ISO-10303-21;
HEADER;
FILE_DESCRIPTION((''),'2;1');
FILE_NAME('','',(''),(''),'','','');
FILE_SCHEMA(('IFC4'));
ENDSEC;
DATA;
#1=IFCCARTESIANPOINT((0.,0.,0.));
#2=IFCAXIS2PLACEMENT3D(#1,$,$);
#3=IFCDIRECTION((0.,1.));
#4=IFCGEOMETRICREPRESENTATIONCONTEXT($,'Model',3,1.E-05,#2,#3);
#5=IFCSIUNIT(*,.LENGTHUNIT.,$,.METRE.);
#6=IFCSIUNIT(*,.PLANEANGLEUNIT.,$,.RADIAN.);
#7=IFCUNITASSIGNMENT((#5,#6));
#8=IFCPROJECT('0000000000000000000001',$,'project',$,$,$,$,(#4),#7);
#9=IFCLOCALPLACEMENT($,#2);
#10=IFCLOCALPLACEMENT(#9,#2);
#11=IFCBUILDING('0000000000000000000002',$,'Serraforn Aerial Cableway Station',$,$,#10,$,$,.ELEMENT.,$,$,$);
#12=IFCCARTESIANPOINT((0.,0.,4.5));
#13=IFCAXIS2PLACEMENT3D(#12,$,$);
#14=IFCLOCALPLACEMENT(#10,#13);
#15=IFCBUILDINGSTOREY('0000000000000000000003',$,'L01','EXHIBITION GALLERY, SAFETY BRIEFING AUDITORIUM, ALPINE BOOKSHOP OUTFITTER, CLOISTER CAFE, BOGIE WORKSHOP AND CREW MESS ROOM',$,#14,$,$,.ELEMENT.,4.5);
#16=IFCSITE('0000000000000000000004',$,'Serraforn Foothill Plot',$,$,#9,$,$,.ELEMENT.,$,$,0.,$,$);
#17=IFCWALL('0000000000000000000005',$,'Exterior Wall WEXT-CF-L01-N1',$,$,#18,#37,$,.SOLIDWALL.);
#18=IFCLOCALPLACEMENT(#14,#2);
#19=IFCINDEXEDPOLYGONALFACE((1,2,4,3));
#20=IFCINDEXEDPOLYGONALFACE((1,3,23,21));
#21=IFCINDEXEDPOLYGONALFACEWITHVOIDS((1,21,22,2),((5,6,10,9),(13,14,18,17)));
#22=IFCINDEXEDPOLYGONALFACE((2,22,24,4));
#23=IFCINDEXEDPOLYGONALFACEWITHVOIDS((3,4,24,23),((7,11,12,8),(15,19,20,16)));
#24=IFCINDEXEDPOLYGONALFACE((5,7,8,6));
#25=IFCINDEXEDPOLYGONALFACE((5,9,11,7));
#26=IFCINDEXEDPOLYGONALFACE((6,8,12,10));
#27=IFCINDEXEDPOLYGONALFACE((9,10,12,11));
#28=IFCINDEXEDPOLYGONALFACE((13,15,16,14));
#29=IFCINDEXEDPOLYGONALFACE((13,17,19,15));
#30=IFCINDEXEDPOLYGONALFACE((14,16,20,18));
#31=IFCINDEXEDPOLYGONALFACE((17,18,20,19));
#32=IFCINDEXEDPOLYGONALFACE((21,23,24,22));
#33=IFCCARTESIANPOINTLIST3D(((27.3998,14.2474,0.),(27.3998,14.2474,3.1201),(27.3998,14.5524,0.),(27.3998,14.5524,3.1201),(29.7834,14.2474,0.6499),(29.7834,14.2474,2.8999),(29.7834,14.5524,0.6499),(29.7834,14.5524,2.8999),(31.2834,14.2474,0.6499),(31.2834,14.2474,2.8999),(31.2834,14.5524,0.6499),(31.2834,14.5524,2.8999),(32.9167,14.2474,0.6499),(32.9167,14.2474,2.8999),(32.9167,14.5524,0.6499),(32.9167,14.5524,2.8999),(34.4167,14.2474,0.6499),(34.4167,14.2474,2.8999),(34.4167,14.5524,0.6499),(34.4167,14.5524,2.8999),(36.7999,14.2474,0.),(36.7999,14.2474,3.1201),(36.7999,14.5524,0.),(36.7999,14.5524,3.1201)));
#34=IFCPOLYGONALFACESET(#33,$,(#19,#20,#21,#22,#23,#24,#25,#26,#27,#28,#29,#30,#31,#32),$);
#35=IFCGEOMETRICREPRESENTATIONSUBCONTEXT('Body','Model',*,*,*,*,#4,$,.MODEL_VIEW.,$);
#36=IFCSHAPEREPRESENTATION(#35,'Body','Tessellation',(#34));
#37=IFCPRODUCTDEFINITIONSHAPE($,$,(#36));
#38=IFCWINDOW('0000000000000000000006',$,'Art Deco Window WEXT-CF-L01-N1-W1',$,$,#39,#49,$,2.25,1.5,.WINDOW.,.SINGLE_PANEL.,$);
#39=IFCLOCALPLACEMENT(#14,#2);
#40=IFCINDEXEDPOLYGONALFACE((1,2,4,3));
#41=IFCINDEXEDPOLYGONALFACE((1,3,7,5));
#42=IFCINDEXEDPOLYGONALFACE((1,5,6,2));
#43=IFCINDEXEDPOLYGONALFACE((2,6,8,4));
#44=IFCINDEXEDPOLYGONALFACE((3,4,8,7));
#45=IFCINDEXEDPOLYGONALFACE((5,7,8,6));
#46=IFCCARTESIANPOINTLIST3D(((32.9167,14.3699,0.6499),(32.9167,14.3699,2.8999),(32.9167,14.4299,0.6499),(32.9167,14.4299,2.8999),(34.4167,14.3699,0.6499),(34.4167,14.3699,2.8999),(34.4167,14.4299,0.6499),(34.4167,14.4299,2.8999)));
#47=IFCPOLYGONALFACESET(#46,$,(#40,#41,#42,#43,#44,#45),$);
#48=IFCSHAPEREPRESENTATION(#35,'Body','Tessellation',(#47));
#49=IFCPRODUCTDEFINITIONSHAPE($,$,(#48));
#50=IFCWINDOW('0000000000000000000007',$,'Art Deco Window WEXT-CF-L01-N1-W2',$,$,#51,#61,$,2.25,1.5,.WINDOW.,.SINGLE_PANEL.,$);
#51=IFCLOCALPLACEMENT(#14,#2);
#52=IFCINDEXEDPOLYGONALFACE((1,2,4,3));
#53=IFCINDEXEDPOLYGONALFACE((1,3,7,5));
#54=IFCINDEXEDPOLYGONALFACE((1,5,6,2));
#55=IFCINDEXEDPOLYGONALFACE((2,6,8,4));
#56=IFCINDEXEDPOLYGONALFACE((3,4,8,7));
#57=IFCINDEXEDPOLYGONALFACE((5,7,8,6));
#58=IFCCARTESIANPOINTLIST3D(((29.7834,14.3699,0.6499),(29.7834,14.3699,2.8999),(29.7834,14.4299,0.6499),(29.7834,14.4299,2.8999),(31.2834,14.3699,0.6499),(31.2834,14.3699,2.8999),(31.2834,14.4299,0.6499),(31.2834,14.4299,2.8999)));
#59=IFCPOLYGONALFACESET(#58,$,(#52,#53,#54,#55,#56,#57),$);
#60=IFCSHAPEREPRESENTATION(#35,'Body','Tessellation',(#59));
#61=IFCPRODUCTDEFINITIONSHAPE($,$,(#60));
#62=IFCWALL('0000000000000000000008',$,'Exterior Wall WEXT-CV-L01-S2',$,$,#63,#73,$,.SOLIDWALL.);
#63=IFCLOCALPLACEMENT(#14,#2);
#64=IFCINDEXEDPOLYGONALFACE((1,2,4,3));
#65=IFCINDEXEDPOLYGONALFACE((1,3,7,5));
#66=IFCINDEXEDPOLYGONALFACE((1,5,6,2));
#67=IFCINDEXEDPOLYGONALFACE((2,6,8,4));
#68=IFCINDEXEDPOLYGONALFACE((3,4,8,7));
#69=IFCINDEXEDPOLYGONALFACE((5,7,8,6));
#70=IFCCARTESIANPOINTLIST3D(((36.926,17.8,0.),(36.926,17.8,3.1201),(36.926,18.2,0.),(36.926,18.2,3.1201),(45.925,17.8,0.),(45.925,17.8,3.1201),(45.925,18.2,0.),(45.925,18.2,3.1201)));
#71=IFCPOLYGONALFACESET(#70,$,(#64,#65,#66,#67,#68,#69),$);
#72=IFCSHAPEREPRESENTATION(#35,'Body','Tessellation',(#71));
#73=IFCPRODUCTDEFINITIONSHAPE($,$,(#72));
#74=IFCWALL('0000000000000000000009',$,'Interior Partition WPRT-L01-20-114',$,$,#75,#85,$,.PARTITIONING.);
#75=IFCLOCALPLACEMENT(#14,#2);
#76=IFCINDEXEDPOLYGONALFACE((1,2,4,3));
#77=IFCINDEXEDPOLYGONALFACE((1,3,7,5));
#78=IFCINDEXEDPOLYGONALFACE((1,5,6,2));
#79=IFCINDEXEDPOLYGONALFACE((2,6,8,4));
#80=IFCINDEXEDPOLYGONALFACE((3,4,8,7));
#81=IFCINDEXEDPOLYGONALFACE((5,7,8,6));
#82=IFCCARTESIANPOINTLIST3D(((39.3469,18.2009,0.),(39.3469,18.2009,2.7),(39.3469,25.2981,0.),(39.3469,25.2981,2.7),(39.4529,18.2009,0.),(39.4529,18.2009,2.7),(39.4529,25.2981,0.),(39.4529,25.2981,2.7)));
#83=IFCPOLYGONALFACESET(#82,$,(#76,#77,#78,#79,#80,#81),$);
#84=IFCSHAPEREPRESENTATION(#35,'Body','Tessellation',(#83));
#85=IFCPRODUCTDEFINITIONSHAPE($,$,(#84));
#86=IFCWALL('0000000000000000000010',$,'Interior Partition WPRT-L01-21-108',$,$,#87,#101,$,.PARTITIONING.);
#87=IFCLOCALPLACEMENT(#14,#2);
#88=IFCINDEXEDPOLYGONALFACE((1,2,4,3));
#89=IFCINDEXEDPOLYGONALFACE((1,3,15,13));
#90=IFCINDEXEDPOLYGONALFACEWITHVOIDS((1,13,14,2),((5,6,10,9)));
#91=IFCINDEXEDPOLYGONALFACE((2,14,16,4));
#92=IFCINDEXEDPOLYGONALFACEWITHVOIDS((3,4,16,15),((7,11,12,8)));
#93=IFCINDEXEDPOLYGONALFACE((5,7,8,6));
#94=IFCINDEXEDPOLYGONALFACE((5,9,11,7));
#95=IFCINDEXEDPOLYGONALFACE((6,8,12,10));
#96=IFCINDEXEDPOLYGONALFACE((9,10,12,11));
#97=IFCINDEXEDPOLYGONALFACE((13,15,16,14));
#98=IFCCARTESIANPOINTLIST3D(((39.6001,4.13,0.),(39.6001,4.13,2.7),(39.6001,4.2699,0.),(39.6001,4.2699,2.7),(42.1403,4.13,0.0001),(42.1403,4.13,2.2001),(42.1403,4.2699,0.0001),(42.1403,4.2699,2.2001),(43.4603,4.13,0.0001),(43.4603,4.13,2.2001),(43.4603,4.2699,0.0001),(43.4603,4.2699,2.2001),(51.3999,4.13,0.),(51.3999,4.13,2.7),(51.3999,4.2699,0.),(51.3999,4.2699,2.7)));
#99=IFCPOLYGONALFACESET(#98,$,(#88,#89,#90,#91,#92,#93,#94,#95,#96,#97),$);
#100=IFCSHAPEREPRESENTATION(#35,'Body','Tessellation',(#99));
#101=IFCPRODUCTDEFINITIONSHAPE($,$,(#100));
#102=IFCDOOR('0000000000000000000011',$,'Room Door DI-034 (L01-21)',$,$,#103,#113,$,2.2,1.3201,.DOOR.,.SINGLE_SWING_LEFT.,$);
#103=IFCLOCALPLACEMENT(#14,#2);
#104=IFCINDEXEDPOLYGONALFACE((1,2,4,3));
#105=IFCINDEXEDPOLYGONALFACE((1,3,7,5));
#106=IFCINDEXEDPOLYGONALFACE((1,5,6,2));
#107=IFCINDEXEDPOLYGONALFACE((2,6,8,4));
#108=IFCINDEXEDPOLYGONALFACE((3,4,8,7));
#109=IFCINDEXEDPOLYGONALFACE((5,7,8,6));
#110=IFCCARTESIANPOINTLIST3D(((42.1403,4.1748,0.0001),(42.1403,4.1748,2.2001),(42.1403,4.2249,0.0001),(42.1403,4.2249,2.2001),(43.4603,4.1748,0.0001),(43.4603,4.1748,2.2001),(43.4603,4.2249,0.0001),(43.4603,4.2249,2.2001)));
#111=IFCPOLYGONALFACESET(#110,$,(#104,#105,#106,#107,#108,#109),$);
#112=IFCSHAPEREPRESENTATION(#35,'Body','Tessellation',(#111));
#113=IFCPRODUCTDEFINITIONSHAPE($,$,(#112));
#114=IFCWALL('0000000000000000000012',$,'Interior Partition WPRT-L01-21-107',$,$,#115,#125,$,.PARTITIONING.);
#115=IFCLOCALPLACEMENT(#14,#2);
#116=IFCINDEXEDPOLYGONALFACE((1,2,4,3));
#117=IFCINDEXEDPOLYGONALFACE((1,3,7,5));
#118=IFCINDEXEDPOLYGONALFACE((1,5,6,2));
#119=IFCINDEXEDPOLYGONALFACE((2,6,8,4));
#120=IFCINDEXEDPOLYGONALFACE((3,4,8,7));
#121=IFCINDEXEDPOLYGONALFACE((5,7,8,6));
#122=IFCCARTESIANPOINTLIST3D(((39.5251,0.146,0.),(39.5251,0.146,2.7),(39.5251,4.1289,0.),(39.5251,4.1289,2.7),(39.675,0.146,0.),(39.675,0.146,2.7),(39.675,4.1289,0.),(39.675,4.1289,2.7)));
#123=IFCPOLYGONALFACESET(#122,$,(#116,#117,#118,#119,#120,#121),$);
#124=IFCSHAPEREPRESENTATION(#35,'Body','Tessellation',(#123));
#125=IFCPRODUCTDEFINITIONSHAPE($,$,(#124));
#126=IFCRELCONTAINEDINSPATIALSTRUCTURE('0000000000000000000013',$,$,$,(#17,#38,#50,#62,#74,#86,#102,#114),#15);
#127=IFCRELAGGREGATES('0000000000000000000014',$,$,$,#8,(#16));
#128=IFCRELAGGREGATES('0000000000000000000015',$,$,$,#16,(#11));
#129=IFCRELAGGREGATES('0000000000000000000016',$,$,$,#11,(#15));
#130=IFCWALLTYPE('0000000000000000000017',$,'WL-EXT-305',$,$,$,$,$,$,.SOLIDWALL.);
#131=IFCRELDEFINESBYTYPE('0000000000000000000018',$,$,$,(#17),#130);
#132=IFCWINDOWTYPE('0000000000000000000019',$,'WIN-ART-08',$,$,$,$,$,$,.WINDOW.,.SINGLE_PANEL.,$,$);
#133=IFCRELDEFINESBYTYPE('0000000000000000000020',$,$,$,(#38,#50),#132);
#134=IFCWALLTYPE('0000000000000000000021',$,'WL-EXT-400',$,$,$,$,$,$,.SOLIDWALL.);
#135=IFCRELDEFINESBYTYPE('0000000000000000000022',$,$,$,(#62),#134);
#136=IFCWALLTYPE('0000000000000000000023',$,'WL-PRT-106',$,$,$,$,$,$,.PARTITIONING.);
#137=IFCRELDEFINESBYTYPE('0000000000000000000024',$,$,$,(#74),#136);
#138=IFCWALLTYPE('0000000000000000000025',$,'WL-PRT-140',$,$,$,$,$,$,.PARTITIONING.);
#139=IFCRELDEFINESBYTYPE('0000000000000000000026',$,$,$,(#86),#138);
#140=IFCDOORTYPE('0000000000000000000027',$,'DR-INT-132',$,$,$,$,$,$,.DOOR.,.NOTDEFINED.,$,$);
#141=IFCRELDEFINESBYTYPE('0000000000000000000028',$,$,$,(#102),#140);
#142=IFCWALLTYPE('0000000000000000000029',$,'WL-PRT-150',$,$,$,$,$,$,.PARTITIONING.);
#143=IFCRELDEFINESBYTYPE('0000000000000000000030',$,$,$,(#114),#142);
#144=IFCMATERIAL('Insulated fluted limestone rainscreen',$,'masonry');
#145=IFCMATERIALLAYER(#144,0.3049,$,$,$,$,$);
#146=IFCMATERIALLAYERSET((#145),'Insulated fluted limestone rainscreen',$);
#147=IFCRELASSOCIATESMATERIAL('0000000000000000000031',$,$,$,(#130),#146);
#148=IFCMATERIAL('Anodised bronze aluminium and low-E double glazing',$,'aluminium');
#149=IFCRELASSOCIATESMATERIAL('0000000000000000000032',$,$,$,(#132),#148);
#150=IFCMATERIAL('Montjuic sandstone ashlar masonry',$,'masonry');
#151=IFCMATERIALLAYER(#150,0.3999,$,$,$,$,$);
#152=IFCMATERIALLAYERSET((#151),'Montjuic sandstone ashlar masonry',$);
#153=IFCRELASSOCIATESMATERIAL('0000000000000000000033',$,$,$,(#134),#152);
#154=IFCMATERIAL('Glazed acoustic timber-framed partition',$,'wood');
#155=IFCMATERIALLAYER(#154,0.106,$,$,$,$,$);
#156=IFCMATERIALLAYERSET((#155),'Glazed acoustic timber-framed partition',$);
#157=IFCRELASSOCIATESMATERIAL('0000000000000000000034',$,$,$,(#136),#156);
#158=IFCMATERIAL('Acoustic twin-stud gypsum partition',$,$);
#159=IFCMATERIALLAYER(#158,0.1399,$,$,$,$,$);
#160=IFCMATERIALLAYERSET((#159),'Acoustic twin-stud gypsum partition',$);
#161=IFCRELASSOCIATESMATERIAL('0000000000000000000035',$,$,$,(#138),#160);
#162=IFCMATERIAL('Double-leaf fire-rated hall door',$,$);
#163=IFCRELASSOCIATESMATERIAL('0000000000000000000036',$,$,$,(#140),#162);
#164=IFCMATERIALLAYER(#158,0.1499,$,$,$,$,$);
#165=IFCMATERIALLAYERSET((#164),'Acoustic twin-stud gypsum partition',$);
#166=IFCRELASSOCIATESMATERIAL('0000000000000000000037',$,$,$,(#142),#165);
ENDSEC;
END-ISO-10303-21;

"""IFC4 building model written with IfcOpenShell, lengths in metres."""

from ifc_helpers import new_model, si_unit, direction, frame, frame_2d, origin, place, context, subcontext, project, spatial, rectangle, extrude, material, layer, layer_set, type_object, element, fill, save


model = new_model("IFC4")

# Units and contexts
model_context = context("Model", 3, precision=1e-05, world=origin(), true_north=direction((0.0, 1.0)))
body_context = subcontext(model_context, "Body", "Model", "MODEL_VIEW")
ifc_project = project(units=[si_unit("LENGTHUNIT", "METRE"), si_unit("PLANEANGLEUNIT", "RADIAN")], contexts=[model_context])

# Site, building, storey
site_placement = place(None, origin())
site = spatial("IfcSite", under=ifc_project, at=site_placement, Name="Serraforn Foothill Plot", CompositionType="ELEMENT", RefElevation=0.0)
building_placement = place(site_placement, origin())
building = spatial("IfcBuilding", under=site, at=building_placement, Name="Serraforn Aerial Cableway Station", CompositionType="ELEMENT")
storey_placement = place(building_placement, frame((0.0, 0.0, 4.5)))
storey = spatial("IfcBuildingStorey", under=building, at=storey_placement, Name="L01", Description="EXHIBITION GALLERY, SAFETY BRIEFING AUDITORIUM, ALPINE BOOKSHOP OUTFITTER, CLOISTER CAFE, BOGIE WORKSHOP AND CREW MESS ROOM", CompositionType="ELEMENT", Elevation=4.5)

# Shared definitions
ifc_material_1 = material(Name="Insulated fluted limestone rainscreen", Category="masonry")

# Wall, openings, windows
ifc_layer_1 = layer(ifc_material_1, 0.3049)
ifc_layer_set_1 = layer_set([ifc_layer_1], Name="Insulated fluted limestone rainscreen")
wall_type_1 = type_object("IfcWallType", Name="WL-EXT-305", PredefinedType="SOLIDWALL", material=ifc_layer_set_1)
wall_1_placement = place(storey_placement, frame((36.8, 14.3999, 0.0), z_axis=(0.0, 0.0, 1.0), x_axis=(-1.0, 0.0, 0.0)))
wall_1 = element("IfcWall", 1, at=wall_1_placement, inside=storey, type_object=wall_type_1, Name="Exterior Wall WEXT-CF-L01-N1", PredefinedType="SOLIDWALL", context=body_context, shape_type="SweptSolid", body=[
    extrude(rectangle(XDim=9.4001, YDim=0.3049, at=frame_2d((4.7002, 0.0))), origin(), (0.0, 0.0, 1.0), 3.1201),
])
opening_1_placement = place(wall_1_placement, frame((2.3833, 0.0, 0.6499)))
opening_1 = element("IfcOpeningElement", 2, at=opening_1_placement, cuts=wall_1, PredefinedType="OPENING", context=body_context, shape_type="SweptSolid", body=[
    extrude(rectangle(XDim=1.5, YDim=2.25, at=frame_2d((0.75, 1.125))), frame((0.0, 0.1624, 0.0), z_axis=(0.0, -1.0, 0.0), x_axis=(1.0, 0.0, 0.0)), (0.0, 0.0, 1.0), 0.325),
])
opening_2_placement = place(wall_1_placement, frame((5.5166, 0.0, 0.6499)))
opening_2 = element("IfcOpeningElement", 3, at=opening_2_placement, cuts=wall_1, PredefinedType="OPENING", context=body_context, shape_type="SweptSolid", body=[
    extrude(rectangle(XDim=1.5, YDim=2.25, at=frame_2d((0.75, 1.125))), frame((0.0, 0.1624, 0.0), z_axis=(0.0, -1.0, 0.0), x_axis=(1.0, 0.0, 0.0)), (0.0, 0.0, 1.0), 0.325),
])
ifc_material_2 = material(Name="Anodised bronze aluminium and low-E double glazing", Category="aluminium")
window_type = type_object("IfcWindowType", Name="WIN-ART-08", PartitioningType="SINGLE_PANEL", PredefinedType="WINDOW", material=ifc_material_2)
window_1_placement = place(opening_1_placement, origin())
window_1 = element("IfcWindow", 4, at=window_1_placement, inside=storey, type_object=window_type, Name="Art Deco Window WEXT-CF-L01-N1-W1", OverallHeight=2.25, OverallWidth=1.5, PartitioningType="SINGLE_PANEL", PredefinedType="WINDOW", context=body_context, shape_type="SweptSolid", body=[
    extrude(rectangle(XDim=1.5, YDim=2.25, at=frame_2d((0.75, 1.125))), frame((0.0, 0.03, 0.0), z_axis=(0.0, -1.0, 0.0), x_axis=(1.0, 0.0, 0.0)), (0.0, 0.0, 1.0), 0.0601),
])
fill(opening_1, window_1)
window_2_placement = place(opening_2_placement, origin())
window_2 = element("IfcWindow", 5, at=window_2_placement, inside=storey, type_object=window_type, Name="Art Deco Window WEXT-CF-L01-N1-W2", OverallHeight=2.25, OverallWidth=1.5, PartitioningType="SINGLE_PANEL", PredefinedType="WINDOW", context=body_context, shape_type="SweptSolid", body=[
    extrude(rectangle(XDim=1.5, YDim=2.25, at=frame_2d((0.75, 1.125))), frame((0.0, 0.03, 0.0), z_axis=(0.0, -1.0, 0.0), x_axis=(1.0, 0.0, 0.0)), (0.0, 0.0, 1.0), 0.0601),
])
fill(opening_2, window_2)

# Walls
ifc_material_3 = material(Name="Montjuic sandstone ashlar masonry", Category="masonry")
ifc_layer_2 = layer(ifc_material_3, 0.3999)
ifc_layer_set_2 = layer_set([ifc_layer_2], Name="Montjuic sandstone ashlar masonry")
wall_type_2 = type_object("IfcWallType", Name="WL-EXT-400", PredefinedType="SOLIDWALL", material=ifc_layer_set_2)
wall_2_placement = place(storey_placement, frame((36.926, 18.0, 0.0), z_axis=(0.0, 0.0, 1.0), x_axis=(1.0, 0.0, 0.0)))
element("IfcWall", 6, at=wall_2_placement, inside=storey, type_object=wall_type_2, Name="Exterior Wall WEXT-CV-L01-S2", PredefinedType="SOLIDWALL", context=body_context, shape_type="SweptSolid", body=[
    extrude(rectangle(XDim=8.999, YDim=0.3999, at=frame_2d((4.4995, 0.0))), origin(), (0.0, 0.0, 1.0), 3.1201),
])
ifc_material_4 = material(Name="Glazed acoustic timber-framed partition", Category="wood")
ifc_layer_3 = layer(ifc_material_4, 0.106)
ifc_layer_set_3 = layer_set([ifc_layer_3], Name="Glazed acoustic timber-framed partition")
wall_type_3 = type_object("IfcWallType", Name="WL-PRT-106", PredefinedType="PARTITIONING", material=ifc_layer_set_3)
wall_3_placement = place(storey_placement, frame((39.3999, 18.2009, 0.0), z_axis=(0.0, 0.0, 1.0), x_axis=(0.0, 1.0, 0.0)))
element("IfcWall", 7, at=wall_3_placement, inside=storey, type_object=wall_type_3, Name="Interior Partition WPRT-L01-20-114", PredefinedType="PARTITIONING", context=body_context, shape_type="SweptSolid", body=[
    extrude(rectangle(XDim=7.0972, YDim=0.106, at=frame_2d((3.5486, 0.0))), origin(), (0.0, 0.0, 1.0), 2.7),
])

# Wall, opening, door
ifc_material_5 = material(Name="Acoustic twin-stud gypsum partition")
ifc_layer_4 = layer(ifc_material_5, 0.1399)
ifc_layer_set_4 = layer_set([ifc_layer_4], Name="Acoustic twin-stud gypsum partition")
wall_type_4 = type_object("IfcWallType", Name="WL-PRT-140", PredefinedType="PARTITIONING", material=ifc_layer_set_4)
wall_4_placement = place(storey_placement, frame((39.6001, 4.2, 0.0), z_axis=(0.0, 0.0, 1.0), x_axis=(1.0, 0.0, 0.0)))
wall_4 = element("IfcWall", 8, at=wall_4_placement, inside=storey, type_object=wall_type_4, Name="Interior Partition WPRT-L01-21-108", PredefinedType="PARTITIONING", context=body_context, shape_type="SweptSolid", body=[
    extrude(rectangle(XDim=11.7998, YDim=0.1399, at=frame_2d((5.8999, 0.0))), origin(), (0.0, 0.0, 1.0), 2.7),
])
opening_3_placement = place(wall_4_placement, frame((2.54, 0.0, 0.0)))
opening_3 = element("IfcOpeningElement", 9, at=opening_3_placement, cuts=wall_4, PredefinedType="OPENING", context=body_context, shape_type="SweptSolid", body=[
    extrude(rectangle(XDim=1.3201, YDim=2.2, at=frame_2d((0.6602, 1.1001))), frame((0.0, 0.0798, 0.0), z_axis=(0.0, -1.0, 0.0), x_axis=(1.0, 0.0, 0.0)), (0.0, 0.0, 1.0), 0.1599),
])
ifc_material_6 = material(Name="Double-leaf fire-rated hall door")
door_type_1 = type_object("IfcDoorType", Name="DR-INT-132", OperationType="NOTDEFINED", PredefinedType="DOOR", material=ifc_material_6)
door_1_placement = place(opening_3_placement, origin())
door_1 = element("IfcDoor", 10, at=door_1_placement, inside=storey, type_object=door_type_1, Name="Room Door DI-034 (L01-21)", OperationType="SINGLE_SWING_LEFT", OverallHeight=2.2, OverallWidth=1.3201, PredefinedType="DOOR", context=body_context, shape_type="SweptSolid", body=[
    extrude(rectangle(XDim=1.3201, YDim=2.2, at=frame_2d((0.6602, 1.1001))), frame((0.0, 0.0249, 0.0), z_axis=(0.0, -1.0, 0.0), x_axis=(1.0, 0.0, 0.0)), (0.0, 0.0, 1.0), 0.05),
])
fill(opening_3, door_1)

# Wall
ifc_layer_5 = layer(ifc_material_5, 0.1499)
ifc_layer_set_5 = layer_set([ifc_layer_5], Name="Acoustic twin-stud gypsum partition")
wall_type_5 = type_object("IfcWallType", Name="WL-PRT-150", PredefinedType="PARTITIONING", material=ifc_layer_set_5)
wall_5_placement = place(storey_placement, frame((39.6001, 0.146, 0.0), z_axis=(0.0, 0.0, 1.0), x_axis=(0.0, 1.0, 0.0)))
element("IfcWall", 11, at=wall_5_placement, inside=storey, type_object=wall_type_5, Name="Interior Partition WPRT-L01-21-107", PredefinedType="PARTITIONING", context=body_context, shape_type="SweptSolid", body=[
    extrude(rectangle(XDim=3.9829, YDim=0.1499, at=frame_2d((1.9915, 0.0))), origin(), (0.0, 0.0, 1.0), 2.7),
])

save(model, "model.ifc")
